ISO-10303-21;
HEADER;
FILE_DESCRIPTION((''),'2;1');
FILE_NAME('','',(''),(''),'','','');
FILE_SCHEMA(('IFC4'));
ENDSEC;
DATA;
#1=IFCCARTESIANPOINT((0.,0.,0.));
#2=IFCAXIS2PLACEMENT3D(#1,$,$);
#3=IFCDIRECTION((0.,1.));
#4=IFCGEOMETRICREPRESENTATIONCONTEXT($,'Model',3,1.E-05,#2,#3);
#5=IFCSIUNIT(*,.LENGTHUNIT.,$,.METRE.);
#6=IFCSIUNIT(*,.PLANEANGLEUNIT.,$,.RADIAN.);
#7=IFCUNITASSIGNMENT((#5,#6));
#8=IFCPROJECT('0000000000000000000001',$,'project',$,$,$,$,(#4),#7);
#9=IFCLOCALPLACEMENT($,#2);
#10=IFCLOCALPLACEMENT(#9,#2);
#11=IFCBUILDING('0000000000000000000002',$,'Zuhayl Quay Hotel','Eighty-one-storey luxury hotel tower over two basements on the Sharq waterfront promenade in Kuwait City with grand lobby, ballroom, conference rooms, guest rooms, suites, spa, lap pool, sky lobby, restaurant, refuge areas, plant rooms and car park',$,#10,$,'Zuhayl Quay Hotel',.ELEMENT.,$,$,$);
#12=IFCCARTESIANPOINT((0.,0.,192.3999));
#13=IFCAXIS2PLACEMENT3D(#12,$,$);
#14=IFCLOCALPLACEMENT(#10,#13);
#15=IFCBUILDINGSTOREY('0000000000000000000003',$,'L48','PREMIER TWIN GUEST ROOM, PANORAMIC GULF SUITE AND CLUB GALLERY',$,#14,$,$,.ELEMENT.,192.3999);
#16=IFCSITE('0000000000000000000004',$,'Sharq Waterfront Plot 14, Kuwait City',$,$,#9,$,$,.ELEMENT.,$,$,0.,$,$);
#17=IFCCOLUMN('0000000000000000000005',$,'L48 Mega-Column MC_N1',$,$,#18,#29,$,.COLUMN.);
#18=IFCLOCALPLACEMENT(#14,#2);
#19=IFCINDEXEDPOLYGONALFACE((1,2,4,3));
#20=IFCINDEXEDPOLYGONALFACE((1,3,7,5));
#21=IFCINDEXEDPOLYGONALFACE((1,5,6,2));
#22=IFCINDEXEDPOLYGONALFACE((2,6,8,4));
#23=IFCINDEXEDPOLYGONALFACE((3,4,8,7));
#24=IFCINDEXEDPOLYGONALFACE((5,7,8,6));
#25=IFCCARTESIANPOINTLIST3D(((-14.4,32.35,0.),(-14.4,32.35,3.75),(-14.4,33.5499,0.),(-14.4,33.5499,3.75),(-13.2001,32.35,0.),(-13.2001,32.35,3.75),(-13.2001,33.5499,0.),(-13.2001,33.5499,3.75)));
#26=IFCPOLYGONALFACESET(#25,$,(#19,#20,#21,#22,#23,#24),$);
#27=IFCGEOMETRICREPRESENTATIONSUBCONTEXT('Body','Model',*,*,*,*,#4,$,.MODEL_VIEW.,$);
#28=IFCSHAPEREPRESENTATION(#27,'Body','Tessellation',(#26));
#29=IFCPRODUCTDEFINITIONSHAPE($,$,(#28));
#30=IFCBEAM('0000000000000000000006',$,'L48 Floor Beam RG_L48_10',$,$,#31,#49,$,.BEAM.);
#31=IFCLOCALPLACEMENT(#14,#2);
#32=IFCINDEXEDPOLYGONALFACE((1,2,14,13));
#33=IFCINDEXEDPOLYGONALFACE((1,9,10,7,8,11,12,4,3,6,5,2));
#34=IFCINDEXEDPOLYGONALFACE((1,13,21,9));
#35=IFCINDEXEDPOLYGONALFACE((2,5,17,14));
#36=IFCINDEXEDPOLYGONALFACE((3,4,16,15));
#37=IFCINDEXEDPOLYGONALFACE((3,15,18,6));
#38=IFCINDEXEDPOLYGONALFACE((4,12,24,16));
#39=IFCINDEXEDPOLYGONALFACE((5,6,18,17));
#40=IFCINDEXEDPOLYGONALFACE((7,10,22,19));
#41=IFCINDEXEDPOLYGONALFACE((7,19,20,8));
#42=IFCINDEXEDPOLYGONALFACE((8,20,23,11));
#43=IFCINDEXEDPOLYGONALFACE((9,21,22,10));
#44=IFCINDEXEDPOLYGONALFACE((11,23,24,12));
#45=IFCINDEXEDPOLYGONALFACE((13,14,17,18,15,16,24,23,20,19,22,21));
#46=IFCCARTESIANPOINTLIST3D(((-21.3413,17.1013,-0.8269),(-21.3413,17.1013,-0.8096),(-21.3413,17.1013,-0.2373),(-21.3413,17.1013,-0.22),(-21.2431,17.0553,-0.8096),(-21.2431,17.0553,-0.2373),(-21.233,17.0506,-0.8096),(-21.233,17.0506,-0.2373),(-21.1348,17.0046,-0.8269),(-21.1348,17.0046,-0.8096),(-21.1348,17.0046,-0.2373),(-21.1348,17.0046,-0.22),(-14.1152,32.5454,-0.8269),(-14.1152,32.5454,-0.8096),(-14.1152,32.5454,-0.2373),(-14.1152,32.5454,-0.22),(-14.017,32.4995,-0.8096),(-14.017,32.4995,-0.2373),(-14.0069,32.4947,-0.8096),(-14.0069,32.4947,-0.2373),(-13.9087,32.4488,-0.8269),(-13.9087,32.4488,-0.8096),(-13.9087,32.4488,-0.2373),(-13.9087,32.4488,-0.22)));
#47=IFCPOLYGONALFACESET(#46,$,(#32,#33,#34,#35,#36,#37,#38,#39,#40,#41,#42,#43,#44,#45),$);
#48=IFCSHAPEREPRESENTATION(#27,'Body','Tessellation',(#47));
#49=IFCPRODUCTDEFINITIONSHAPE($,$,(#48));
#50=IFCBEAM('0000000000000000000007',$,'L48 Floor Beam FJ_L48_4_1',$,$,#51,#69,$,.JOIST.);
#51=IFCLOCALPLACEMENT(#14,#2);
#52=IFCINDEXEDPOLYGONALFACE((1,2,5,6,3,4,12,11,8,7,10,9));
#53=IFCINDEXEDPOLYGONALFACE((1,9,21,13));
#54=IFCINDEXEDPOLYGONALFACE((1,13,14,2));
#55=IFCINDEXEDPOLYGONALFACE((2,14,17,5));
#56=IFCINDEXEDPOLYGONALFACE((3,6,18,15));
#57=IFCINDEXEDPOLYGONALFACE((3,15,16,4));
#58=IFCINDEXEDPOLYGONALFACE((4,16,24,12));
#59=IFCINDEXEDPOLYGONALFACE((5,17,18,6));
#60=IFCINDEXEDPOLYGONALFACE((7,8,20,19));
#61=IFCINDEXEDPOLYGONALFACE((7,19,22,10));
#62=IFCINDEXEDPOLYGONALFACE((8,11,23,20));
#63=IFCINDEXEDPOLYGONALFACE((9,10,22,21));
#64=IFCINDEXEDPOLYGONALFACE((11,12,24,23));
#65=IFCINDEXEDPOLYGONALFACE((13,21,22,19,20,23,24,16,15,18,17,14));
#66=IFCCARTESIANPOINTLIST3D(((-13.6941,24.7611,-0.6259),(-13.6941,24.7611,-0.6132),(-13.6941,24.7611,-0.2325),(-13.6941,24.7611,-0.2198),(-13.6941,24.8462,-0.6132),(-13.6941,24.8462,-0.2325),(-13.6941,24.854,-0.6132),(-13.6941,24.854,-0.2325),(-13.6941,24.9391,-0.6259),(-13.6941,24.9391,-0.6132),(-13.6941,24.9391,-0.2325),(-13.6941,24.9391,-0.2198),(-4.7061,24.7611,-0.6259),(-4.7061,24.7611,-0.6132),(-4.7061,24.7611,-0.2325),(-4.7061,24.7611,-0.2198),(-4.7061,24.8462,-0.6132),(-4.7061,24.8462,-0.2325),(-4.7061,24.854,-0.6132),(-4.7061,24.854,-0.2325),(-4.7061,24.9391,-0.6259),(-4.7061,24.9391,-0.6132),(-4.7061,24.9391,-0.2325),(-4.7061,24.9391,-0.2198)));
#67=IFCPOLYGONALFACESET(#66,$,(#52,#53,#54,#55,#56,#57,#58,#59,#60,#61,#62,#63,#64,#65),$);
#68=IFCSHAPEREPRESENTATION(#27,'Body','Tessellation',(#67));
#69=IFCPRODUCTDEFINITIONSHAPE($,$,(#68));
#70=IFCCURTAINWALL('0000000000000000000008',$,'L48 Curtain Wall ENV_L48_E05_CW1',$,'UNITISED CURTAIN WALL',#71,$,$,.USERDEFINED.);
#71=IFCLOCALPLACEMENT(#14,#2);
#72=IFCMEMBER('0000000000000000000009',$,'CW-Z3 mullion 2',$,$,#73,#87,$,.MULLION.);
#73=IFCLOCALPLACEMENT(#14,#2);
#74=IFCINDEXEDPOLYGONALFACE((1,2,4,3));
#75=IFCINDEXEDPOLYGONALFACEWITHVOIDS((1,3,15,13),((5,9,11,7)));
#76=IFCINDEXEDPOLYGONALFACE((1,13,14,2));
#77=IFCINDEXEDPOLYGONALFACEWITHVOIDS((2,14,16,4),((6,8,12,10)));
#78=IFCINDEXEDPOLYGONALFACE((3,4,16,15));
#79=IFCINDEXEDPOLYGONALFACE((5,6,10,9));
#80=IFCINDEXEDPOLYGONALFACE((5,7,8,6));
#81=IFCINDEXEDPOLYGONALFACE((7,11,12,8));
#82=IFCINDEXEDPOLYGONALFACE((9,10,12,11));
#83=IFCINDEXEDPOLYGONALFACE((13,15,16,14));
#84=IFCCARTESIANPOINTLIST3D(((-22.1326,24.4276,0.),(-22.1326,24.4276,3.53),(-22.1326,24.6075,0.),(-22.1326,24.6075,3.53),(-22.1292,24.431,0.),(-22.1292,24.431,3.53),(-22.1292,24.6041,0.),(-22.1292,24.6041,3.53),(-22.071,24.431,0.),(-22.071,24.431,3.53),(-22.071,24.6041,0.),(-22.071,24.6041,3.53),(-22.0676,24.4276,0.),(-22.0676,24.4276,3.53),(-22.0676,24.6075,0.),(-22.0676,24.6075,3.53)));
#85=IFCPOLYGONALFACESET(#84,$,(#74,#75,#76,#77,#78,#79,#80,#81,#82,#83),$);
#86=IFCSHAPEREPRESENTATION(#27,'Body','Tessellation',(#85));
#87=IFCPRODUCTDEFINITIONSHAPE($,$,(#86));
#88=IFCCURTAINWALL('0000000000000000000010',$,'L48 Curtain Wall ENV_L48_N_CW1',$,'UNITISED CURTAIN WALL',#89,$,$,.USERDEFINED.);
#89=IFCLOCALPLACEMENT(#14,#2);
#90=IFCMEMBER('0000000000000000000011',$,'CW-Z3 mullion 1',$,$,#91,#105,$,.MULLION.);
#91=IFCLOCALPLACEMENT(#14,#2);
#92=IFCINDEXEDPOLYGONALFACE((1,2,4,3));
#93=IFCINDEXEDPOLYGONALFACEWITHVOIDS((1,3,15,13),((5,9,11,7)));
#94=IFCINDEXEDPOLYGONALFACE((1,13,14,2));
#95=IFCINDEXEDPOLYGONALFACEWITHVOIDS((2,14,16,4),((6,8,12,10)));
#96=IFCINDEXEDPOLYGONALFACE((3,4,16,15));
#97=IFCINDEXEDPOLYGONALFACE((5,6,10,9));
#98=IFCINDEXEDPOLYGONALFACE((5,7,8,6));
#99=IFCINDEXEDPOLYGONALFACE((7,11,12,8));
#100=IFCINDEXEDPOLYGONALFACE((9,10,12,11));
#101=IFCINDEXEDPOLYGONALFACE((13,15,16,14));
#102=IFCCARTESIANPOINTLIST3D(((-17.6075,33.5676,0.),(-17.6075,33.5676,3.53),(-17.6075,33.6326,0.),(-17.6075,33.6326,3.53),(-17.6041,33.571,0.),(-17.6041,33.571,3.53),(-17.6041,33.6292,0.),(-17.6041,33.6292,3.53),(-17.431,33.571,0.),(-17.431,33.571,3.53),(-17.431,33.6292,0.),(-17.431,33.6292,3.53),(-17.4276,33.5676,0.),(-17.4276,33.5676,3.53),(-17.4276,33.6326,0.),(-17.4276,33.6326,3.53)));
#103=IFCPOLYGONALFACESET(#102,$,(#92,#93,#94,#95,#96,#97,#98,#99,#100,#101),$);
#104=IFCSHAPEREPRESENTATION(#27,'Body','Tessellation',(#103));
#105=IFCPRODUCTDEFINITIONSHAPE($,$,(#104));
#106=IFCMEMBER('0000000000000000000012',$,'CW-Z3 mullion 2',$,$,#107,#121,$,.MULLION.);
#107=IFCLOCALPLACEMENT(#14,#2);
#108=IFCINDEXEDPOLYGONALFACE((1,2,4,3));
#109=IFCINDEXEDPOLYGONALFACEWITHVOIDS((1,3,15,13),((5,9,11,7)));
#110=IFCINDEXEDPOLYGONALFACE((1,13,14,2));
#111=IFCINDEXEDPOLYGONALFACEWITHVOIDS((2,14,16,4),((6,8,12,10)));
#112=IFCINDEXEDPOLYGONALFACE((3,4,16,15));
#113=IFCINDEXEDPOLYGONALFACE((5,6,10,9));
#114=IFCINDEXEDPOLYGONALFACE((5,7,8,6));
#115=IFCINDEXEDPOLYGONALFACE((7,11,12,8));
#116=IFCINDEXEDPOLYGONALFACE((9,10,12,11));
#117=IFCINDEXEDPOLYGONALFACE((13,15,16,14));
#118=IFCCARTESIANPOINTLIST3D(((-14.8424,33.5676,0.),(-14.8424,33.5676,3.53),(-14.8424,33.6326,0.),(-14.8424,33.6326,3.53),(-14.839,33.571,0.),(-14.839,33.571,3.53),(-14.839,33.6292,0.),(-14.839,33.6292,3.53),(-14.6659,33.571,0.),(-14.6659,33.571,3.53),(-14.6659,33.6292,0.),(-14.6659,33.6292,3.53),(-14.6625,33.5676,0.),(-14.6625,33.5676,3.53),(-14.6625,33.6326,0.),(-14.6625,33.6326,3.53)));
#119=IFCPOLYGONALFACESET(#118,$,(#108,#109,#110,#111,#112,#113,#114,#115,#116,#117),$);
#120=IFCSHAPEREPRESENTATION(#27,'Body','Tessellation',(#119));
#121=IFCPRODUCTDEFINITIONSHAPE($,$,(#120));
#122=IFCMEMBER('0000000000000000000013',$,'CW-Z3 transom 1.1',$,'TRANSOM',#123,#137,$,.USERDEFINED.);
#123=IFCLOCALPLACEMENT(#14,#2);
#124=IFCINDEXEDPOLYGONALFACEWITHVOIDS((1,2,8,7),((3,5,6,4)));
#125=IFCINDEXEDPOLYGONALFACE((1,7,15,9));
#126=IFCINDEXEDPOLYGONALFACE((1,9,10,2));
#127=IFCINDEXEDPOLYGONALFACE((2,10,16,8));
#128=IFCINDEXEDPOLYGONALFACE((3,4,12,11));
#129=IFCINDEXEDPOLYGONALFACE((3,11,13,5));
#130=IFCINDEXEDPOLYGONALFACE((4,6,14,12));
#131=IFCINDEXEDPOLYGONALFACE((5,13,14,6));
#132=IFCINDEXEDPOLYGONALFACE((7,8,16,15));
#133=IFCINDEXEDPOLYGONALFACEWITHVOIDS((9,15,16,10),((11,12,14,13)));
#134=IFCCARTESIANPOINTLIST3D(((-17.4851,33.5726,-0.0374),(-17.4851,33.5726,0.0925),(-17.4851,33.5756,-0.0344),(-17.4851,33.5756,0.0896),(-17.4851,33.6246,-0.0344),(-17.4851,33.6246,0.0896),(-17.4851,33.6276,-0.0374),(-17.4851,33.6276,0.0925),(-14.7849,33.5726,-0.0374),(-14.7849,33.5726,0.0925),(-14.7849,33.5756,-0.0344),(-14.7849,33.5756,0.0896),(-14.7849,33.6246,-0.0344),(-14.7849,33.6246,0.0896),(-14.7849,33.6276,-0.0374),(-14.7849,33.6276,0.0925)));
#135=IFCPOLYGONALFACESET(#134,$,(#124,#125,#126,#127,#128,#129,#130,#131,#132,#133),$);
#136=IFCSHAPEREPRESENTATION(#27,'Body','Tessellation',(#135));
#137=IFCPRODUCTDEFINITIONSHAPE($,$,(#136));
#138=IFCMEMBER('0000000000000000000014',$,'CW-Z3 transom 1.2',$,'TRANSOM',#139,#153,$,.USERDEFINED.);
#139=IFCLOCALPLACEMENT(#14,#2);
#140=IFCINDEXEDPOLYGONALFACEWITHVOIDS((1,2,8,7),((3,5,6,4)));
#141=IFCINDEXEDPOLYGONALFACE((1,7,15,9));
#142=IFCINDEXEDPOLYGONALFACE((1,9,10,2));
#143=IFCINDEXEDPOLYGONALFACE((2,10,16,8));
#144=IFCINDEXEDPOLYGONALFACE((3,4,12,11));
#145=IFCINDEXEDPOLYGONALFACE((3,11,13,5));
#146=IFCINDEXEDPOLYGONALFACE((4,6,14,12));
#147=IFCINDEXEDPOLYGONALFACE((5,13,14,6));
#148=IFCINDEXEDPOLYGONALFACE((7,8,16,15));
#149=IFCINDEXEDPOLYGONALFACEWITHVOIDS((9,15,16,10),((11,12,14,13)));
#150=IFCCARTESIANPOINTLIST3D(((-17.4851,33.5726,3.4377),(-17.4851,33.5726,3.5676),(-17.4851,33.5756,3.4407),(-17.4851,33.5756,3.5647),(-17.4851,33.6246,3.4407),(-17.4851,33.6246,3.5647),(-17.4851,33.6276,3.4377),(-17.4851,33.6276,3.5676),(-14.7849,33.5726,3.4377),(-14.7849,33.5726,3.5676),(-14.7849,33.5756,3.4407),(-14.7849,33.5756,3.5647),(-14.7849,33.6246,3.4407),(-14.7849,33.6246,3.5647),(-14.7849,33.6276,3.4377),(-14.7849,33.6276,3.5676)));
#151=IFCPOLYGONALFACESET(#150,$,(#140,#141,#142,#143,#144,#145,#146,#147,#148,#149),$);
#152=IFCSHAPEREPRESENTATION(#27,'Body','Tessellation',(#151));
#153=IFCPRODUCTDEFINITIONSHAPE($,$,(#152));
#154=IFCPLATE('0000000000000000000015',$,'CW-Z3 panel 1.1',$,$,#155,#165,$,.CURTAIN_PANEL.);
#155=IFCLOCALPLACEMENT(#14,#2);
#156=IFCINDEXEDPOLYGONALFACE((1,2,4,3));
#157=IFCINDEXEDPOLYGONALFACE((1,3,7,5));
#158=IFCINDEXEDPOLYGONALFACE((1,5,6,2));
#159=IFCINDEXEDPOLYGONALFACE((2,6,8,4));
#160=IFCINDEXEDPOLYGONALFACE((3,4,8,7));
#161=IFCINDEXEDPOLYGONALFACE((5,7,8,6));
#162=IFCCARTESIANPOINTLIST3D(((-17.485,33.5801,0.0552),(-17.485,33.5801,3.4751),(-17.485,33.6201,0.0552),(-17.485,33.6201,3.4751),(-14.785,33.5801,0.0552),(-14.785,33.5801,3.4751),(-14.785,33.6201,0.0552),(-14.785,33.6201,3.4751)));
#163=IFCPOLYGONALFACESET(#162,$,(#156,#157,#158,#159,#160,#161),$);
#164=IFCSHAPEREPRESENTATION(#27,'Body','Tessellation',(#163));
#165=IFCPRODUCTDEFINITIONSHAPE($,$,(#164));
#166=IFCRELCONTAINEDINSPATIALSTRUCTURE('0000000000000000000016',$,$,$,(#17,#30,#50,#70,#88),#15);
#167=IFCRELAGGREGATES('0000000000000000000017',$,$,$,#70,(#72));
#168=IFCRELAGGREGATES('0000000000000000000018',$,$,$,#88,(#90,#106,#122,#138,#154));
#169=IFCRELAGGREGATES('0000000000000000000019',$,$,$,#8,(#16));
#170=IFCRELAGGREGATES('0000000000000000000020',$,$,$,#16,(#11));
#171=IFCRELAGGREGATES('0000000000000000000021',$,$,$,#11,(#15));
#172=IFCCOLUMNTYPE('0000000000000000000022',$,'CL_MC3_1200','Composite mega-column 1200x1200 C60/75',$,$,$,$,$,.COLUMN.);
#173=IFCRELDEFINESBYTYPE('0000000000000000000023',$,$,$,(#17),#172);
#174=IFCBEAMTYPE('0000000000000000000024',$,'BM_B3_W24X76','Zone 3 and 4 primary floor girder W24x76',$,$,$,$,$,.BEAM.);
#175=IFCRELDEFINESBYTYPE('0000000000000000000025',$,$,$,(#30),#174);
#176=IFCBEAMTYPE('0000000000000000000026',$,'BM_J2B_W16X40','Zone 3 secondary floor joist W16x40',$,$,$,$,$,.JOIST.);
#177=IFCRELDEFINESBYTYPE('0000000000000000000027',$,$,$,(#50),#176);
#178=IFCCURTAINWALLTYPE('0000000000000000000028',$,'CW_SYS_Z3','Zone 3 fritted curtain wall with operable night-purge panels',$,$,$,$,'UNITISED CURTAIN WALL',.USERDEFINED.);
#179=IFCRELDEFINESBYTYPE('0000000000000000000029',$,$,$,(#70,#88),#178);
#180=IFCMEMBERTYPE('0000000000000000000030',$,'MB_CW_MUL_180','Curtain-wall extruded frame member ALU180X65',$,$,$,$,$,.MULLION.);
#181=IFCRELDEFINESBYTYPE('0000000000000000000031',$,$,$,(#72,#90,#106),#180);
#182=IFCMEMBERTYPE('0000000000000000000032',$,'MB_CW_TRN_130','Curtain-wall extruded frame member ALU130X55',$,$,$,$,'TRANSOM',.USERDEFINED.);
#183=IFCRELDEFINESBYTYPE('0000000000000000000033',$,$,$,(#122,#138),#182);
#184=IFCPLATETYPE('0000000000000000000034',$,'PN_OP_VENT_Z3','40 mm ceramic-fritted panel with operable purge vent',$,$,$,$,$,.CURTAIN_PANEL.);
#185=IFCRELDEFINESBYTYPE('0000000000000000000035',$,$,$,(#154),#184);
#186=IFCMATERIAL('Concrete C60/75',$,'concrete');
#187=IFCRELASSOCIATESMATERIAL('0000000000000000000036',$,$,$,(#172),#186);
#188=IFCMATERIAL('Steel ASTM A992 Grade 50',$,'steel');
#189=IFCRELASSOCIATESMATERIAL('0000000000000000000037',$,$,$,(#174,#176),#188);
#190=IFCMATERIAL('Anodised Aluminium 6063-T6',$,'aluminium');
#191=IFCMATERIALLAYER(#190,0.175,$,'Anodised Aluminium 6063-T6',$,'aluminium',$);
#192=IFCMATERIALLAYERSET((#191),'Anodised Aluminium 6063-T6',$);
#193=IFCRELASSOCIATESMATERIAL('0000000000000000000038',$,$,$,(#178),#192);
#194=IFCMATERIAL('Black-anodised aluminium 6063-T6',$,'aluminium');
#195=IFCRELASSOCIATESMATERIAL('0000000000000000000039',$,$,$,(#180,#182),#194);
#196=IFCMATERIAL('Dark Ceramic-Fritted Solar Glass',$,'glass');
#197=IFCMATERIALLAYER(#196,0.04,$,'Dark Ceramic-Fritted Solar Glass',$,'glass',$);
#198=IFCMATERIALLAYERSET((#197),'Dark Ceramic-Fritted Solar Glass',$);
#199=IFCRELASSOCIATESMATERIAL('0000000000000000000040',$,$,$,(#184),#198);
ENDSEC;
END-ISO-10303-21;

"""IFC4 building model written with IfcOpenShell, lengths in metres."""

from ifc_helpers import new_model, si_unit, direction, frame, origin, origin_2d, place, context, subcontext, project, spatial, rectangle, hollow_rectangle, i_section, extrude, material, layer, layer_set, material_profile, profile_set, type_object, element, aggregate, save


model = new_model("IFC4")

# Units and contexts
model_context = context("Model", 3, precision=1e-05, world=origin(), true_north=direction((0.0, 1.0)))
body_context = subcontext(model_context, "Body", "Model", "MODEL_VIEW")
ifc_project = project(units=[si_unit("LENGTHUNIT", "METRE"), si_unit("PLANEANGLEUNIT", "RADIAN")], contexts=[model_context])

# Site, building, storey
site_placement = place(None, origin())
site = spatial("IfcSite", under=ifc_project, at=site_placement, Name="Sharq Waterfront Plot 14, Kuwait City", CompositionType="ELEMENT", RefElevation=0.0)
building_placement = place(site_placement, origin())
building = spatial("IfcBuilding", under=site, at=building_placement, Name="Zuhayl Quay Hotel", Description="Eighty-one-storey luxury hotel tower over two basements on the Sharq waterfront promenade in Kuwait City with grand lobby, ballroom, conference rooms, guest rooms, suites, spa, lap pool, sky lobby, restaurant, refuge areas, plant rooms and car park", LongName="Zuhayl Quay Hotel", CompositionType="ELEMENT")
storey_placement = place(building_placement, frame((0.0, 0.0, 192.3999)))
storey = spatial("IfcBuildingStorey", under=building, at=storey_placement, Name="L48", Description="PREMIER TWIN GUEST ROOM, PANORAMIC GULF SUITE AND CLUB GALLERY", CompositionType="ELEMENT", Elevation=192.3999)

# Column
ifc_material_1 = material(Name="Concrete C60/75", Category="concrete")
ifc_material_profile_1 = material_profile(ifc_material_1, rectangle(XDim=1.2, YDim=1.2, at=origin_2d()), Name="RC1200X1200")
ifc_profile_set_1 = profile_set([ifc_material_profile_1], Name="Concrete C60/75")
column_type = type_object("IfcColumnType", Name="CL_MC3_1200", Description="Composite mega-column 1200x1200 C60/75", PredefinedType="COLUMN", material=ifc_profile_set_1)
column_placement = place(storey_placement, frame((-13.8, 32.95, 0.0), z_axis=(0.0, 0.0, 1.0), x_axis=(1.0, 0.0, 0.0)))
element("IfcColumn", 1, at=column_placement, inside=storey, type_object=column_type, Name="L48 Mega-Column MC_N1", PredefinedType="COLUMN", context=body_context, shape_type="SweptSolid", body=[
    extrude(rectangle(XDim=1.2, YDim=1.2, at=origin_2d()), origin(), (0.0, 0.0, 1.0), 3.75),
])

# Beams
ifc_material_2 = material(Name="Steel ASTM A992 Grade 50", Category="steel")
ifc_material_profile_2 = material_profile(ifc_material_2, i_section(OverallWidth=0.228, OverallDepth=0.6069, WebThickness=0.0112, FlangeThickness=0.0173, at=origin_2d()), Name="W24X76")
ifc_profile_set_2 = profile_set([ifc_material_profile_2], Name="Steel ASTM A992 Grade 50")
beam_type_1 = type_object("IfcBeamType", Name="BM_B3_W24X76", Description="Zone 3 and 4 primary floor girder W24x76", PredefinedType="BEAM", material=ifc_profile_set_2)
beam_1_placement = place(storey_placement, frame((-14.012, 32.4971, -0.5234), z_axis=(-0.423792, -0.905759, 0.0), x_axis=(0.905759, -0.423792, 0.0)))
element("IfcBeam", 2, at=beam_1_placement, inside=storey, type_object=beam_type_1, Name="L48 Floor Beam RG_L48_10", PredefinedType="BEAM", context=body_context, shape_type="SweptSolid", body=[
    extrude(i_section(OverallWidth=0.228, OverallDepth=0.6069, WebThickness=0.0112, FlangeThickness=0.0173, at=origin_2d()), origin(), (0.0, 0.0, 1.0), 17.051),
])
ifc_material_profile_3 = material_profile(ifc_material_2, i_section(OverallWidth=0.178, OverallDepth=0.406, WebThickness=0.0078, FlangeThickness=0.0127, at=origin_2d()), Name="W16X40")
ifc_profile_set_3 = profile_set([ifc_material_profile_3], Name="Steel ASTM A992 Grade 50")
beam_type_2 = type_object("IfcBeamType", Name="BM_J2B_W16X40", Description="Zone 3 secondary floor joist W16x40", PredefinedType="JOIST", material=ifc_profile_set_3)
beam_2_placement = place(storey_placement, frame((-13.6941, 24.8501, -0.4229), z_axis=(1.0, 0.0, 0.0), x_axis=(0.0, 1.0, 0.0)))
element("IfcBeam", 3, at=beam_2_placement, inside=storey, type_object=beam_type_2, Name="L48 Floor Beam FJ_L48_4_1", PredefinedType="JOIST", context=body_context, shape_type="SweptSolid", body=[
    extrude(i_section(OverallWidth=0.178, OverallDepth=0.406, WebThickness=0.0078, FlangeThickness=0.0127, at=origin_2d()), origin(), (0.0, 0.0, 1.0), 8.988),
])

# Curtain wall, member
ifc_material_3 = material(Name="Anodised Aluminium 6063-T6", Category="aluminium")
ifc_layer_1 = layer(ifc_material_3, 0.175, Name="Anodised Aluminium 6063-T6", Category="aluminium")
ifc_layer_set_1 = layer_set([ifc_layer_1], Name="Anodised Aluminium 6063-T6")
curtain_wall_type = type_object("IfcCurtainWallType", Name="CW_SYS_Z3", Description="Zone 3 fritted curtain wall with operable night-purge panels", ElementType="UNITISED CURTAIN WALL", PredefinedType="USERDEFINED", material=ifc_layer_set_1)
curtain_wall_1_placement = place(storey_placement, origin())
curtain_wall_1 = element("IfcCurtainWall", 4, at=curtain_wall_1_placement, inside=storey, type_object=curtain_wall_type, Name="L48 Curtain Wall ENV_L48_E05_CW1", ObjectType="UNITISED CURTAIN WALL", PredefinedType="USERDEFINED")
ifc_material_4 = material(Name="Black-anodised aluminium 6063-T6", Category="aluminium")
ifc_material_profile_4 = material_profile(ifc_material_4, hollow_rectangle(XDim=0.0649, YDim=0.1799, WallThickness=0.0034, at=origin_2d()), Name="ALU180X65")
ifc_profile_set_4 = profile_set([ifc_material_profile_4], Name="Black-anodised aluminium 6063-T6")
member_type_1 = type_object("IfcMemberType", Name="MB_CW_MUL_180", Description="Curtain-wall extruded frame member ALU180X65", PredefinedType="MULLION", material=ifc_profile_set_4)
member_1_placement = place(storey_placement, frame((-22.1001, 24.5176, 0.0), z_axis=(0.0, 0.0, 1.0), x_axis=(-1.0, 0.0, 0.0)))
member_1 = element("IfcMember", 5, at=member_1_placement, type_object=member_type_1, Name="CW-Z3 mullion 2", PredefinedType="MULLION", context=body_context, shape_type="SweptSolid", body=[
    extrude(hollow_rectangle(XDim=0.0649, YDim=0.1799, WallThickness=0.0034, at=origin_2d()), origin(), (0.0, 0.0, 1.0), 3.53),
])
aggregate(curtain_wall_1, [member_1])

# Curtain wall, members, plate
curtain_wall_2_placement = place(storey_placement, origin())
curtain_wall_2 = element("IfcCurtainWall", 6, at=curtain_wall_2_placement, inside=storey, type_object=curtain_wall_type, Name="L48 Curtain Wall ENV_L48_N_CW1", ObjectType="UNITISED CURTAIN WALL", PredefinedType="USERDEFINED")
member_2_placement = place(storey_placement, frame((-17.5176, 33.6001, 0.0), z_axis=(0.0, 0.0, 1.0), x_axis=(0.0, 1.0, 0.0)))
member_2 = element("IfcMember", 7, at=member_2_placement, type_object=member_type_1, Name="CW-Z3 mullion 1", PredefinedType="MULLION", context=body_context, shape_type="SweptSolid", body=[
    extrude(hollow_rectangle(XDim=0.0649, YDim=0.1799, WallThickness=0.0034, at=origin_2d()), origin(), (0.0, 0.0, 1.0), 3.53),
])
member_3_placement = place(storey_placement, frame((-14.7524, 33.6001, 0.0), z_axis=(0.0, 0.0, 1.0), x_axis=(0.0, 1.0, 0.0)))
member_3 = element("IfcMember", 8, at=member_3_placement, type_object=member_type_1, Name="CW-Z3 mullion 2", PredefinedType="MULLION", context=body_context, shape_type="SweptSolid", body=[
    extrude(hollow_rectangle(XDim=0.0649, YDim=0.1799, WallThickness=0.0034, at=origin_2d()), origin(), (0.0, 0.0, 1.0), 3.53),
])
ifc_material_profile_5 = material_profile(ifc_material_4, hollow_rectangle(XDim=0.0549, YDim=0.1299, WallThickness=0.0029, at=origin_2d()), Name="ALU130X55")
ifc_profile_set_5 = profile_set([ifc_material_profile_5], Name="Black-anodised aluminium 6063-T6")
member_type_2 = type_object("IfcMemberType", Name="MB_CW_TRN_130", Description="Curtain-wall extruded frame member ALU130X55", ElementType="TRANSOM", PredefinedType="USERDEFINED", material=ifc_profile_set_5)
member_4_placement = place(storey_placement, frame((-17.4851, 33.6001, 0.0276), z_axis=(1.0, 0.0, 0.0), x_axis=(0.0, 1.0, 0.0)))
member_4 = element("IfcMember", 9, at=member_4_placement, type_object=member_type_2, Name="CW-Z3 transom 1.1", ObjectType="TRANSOM", PredefinedType="USERDEFINED", context=body_context, shape_type="SweptSolid", body=[
    extrude(hollow_rectangle(XDim=0.0549, YDim=0.1299, WallThickness=0.0029, at=origin_2d()), origin(), (0.0, 0.0, 1.0), 2.7002),
])
member_5_placement = place(storey_placement, frame((-17.4851, 33.6001, 3.5027), z_axis=(1.0, 0.0, 0.0), x_axis=(0.0, 1.0, 0.0)))
member_5 = element("IfcMember", 10, at=member_5_placement, type_object=member_type_2, Name="CW-Z3 transom 1.2", ObjectType="TRANSOM", PredefinedType="USERDEFINED", context=body_context, shape_type="SweptSolid", body=[
    extrude(hollow_rectangle(XDim=0.0549, YDim=0.1299, WallThickness=0.0029, at=origin_2d()), origin(), (0.0, 0.0, 1.0), 2.7002),
])
ifc_material_5 = material(Name="Dark Ceramic-Fritted Solar Glass", Category="glass")
ifc_layer_2 = layer(ifc_material_5, 0.04, Name="Dark Ceramic-Fritted Solar Glass", Category="glass")
ifc_layer_set_2 = layer_set([ifc_layer_2], Name="Dark Ceramic-Fritted Solar Glass")
plate_type = type_object("IfcPlateType", Name="PN_OP_VENT_Z3", Description="40 mm ceramic-fritted panel with operable purge vent", PredefinedType="CURTAIN_PANEL", material=ifc_layer_set_2)
plate_placement = place(storey_placement, frame((-16.135, 33.6001, 0.0552), z_axis=(0.0, 0.0, 1.0), x_axis=(1.0, 0.0, 0.0)))
plate = element("IfcPlate", 11, at=plate_placement, type_object=plate_type, Name="CW-Z3 panel 1.1", PredefinedType="CURTAIN_PANEL", context=body_context, shape_type="SweptSolid", body=[
    extrude(rectangle(XDim=2.7, YDim=0.04, at=origin_2d()), origin(), (0.0, 0.0, 1.0), 3.4199),
])
aggregate(curtain_wall_2, [member_2, member_3, member_4, member_5, plate])

save(model, "model.ifc")
